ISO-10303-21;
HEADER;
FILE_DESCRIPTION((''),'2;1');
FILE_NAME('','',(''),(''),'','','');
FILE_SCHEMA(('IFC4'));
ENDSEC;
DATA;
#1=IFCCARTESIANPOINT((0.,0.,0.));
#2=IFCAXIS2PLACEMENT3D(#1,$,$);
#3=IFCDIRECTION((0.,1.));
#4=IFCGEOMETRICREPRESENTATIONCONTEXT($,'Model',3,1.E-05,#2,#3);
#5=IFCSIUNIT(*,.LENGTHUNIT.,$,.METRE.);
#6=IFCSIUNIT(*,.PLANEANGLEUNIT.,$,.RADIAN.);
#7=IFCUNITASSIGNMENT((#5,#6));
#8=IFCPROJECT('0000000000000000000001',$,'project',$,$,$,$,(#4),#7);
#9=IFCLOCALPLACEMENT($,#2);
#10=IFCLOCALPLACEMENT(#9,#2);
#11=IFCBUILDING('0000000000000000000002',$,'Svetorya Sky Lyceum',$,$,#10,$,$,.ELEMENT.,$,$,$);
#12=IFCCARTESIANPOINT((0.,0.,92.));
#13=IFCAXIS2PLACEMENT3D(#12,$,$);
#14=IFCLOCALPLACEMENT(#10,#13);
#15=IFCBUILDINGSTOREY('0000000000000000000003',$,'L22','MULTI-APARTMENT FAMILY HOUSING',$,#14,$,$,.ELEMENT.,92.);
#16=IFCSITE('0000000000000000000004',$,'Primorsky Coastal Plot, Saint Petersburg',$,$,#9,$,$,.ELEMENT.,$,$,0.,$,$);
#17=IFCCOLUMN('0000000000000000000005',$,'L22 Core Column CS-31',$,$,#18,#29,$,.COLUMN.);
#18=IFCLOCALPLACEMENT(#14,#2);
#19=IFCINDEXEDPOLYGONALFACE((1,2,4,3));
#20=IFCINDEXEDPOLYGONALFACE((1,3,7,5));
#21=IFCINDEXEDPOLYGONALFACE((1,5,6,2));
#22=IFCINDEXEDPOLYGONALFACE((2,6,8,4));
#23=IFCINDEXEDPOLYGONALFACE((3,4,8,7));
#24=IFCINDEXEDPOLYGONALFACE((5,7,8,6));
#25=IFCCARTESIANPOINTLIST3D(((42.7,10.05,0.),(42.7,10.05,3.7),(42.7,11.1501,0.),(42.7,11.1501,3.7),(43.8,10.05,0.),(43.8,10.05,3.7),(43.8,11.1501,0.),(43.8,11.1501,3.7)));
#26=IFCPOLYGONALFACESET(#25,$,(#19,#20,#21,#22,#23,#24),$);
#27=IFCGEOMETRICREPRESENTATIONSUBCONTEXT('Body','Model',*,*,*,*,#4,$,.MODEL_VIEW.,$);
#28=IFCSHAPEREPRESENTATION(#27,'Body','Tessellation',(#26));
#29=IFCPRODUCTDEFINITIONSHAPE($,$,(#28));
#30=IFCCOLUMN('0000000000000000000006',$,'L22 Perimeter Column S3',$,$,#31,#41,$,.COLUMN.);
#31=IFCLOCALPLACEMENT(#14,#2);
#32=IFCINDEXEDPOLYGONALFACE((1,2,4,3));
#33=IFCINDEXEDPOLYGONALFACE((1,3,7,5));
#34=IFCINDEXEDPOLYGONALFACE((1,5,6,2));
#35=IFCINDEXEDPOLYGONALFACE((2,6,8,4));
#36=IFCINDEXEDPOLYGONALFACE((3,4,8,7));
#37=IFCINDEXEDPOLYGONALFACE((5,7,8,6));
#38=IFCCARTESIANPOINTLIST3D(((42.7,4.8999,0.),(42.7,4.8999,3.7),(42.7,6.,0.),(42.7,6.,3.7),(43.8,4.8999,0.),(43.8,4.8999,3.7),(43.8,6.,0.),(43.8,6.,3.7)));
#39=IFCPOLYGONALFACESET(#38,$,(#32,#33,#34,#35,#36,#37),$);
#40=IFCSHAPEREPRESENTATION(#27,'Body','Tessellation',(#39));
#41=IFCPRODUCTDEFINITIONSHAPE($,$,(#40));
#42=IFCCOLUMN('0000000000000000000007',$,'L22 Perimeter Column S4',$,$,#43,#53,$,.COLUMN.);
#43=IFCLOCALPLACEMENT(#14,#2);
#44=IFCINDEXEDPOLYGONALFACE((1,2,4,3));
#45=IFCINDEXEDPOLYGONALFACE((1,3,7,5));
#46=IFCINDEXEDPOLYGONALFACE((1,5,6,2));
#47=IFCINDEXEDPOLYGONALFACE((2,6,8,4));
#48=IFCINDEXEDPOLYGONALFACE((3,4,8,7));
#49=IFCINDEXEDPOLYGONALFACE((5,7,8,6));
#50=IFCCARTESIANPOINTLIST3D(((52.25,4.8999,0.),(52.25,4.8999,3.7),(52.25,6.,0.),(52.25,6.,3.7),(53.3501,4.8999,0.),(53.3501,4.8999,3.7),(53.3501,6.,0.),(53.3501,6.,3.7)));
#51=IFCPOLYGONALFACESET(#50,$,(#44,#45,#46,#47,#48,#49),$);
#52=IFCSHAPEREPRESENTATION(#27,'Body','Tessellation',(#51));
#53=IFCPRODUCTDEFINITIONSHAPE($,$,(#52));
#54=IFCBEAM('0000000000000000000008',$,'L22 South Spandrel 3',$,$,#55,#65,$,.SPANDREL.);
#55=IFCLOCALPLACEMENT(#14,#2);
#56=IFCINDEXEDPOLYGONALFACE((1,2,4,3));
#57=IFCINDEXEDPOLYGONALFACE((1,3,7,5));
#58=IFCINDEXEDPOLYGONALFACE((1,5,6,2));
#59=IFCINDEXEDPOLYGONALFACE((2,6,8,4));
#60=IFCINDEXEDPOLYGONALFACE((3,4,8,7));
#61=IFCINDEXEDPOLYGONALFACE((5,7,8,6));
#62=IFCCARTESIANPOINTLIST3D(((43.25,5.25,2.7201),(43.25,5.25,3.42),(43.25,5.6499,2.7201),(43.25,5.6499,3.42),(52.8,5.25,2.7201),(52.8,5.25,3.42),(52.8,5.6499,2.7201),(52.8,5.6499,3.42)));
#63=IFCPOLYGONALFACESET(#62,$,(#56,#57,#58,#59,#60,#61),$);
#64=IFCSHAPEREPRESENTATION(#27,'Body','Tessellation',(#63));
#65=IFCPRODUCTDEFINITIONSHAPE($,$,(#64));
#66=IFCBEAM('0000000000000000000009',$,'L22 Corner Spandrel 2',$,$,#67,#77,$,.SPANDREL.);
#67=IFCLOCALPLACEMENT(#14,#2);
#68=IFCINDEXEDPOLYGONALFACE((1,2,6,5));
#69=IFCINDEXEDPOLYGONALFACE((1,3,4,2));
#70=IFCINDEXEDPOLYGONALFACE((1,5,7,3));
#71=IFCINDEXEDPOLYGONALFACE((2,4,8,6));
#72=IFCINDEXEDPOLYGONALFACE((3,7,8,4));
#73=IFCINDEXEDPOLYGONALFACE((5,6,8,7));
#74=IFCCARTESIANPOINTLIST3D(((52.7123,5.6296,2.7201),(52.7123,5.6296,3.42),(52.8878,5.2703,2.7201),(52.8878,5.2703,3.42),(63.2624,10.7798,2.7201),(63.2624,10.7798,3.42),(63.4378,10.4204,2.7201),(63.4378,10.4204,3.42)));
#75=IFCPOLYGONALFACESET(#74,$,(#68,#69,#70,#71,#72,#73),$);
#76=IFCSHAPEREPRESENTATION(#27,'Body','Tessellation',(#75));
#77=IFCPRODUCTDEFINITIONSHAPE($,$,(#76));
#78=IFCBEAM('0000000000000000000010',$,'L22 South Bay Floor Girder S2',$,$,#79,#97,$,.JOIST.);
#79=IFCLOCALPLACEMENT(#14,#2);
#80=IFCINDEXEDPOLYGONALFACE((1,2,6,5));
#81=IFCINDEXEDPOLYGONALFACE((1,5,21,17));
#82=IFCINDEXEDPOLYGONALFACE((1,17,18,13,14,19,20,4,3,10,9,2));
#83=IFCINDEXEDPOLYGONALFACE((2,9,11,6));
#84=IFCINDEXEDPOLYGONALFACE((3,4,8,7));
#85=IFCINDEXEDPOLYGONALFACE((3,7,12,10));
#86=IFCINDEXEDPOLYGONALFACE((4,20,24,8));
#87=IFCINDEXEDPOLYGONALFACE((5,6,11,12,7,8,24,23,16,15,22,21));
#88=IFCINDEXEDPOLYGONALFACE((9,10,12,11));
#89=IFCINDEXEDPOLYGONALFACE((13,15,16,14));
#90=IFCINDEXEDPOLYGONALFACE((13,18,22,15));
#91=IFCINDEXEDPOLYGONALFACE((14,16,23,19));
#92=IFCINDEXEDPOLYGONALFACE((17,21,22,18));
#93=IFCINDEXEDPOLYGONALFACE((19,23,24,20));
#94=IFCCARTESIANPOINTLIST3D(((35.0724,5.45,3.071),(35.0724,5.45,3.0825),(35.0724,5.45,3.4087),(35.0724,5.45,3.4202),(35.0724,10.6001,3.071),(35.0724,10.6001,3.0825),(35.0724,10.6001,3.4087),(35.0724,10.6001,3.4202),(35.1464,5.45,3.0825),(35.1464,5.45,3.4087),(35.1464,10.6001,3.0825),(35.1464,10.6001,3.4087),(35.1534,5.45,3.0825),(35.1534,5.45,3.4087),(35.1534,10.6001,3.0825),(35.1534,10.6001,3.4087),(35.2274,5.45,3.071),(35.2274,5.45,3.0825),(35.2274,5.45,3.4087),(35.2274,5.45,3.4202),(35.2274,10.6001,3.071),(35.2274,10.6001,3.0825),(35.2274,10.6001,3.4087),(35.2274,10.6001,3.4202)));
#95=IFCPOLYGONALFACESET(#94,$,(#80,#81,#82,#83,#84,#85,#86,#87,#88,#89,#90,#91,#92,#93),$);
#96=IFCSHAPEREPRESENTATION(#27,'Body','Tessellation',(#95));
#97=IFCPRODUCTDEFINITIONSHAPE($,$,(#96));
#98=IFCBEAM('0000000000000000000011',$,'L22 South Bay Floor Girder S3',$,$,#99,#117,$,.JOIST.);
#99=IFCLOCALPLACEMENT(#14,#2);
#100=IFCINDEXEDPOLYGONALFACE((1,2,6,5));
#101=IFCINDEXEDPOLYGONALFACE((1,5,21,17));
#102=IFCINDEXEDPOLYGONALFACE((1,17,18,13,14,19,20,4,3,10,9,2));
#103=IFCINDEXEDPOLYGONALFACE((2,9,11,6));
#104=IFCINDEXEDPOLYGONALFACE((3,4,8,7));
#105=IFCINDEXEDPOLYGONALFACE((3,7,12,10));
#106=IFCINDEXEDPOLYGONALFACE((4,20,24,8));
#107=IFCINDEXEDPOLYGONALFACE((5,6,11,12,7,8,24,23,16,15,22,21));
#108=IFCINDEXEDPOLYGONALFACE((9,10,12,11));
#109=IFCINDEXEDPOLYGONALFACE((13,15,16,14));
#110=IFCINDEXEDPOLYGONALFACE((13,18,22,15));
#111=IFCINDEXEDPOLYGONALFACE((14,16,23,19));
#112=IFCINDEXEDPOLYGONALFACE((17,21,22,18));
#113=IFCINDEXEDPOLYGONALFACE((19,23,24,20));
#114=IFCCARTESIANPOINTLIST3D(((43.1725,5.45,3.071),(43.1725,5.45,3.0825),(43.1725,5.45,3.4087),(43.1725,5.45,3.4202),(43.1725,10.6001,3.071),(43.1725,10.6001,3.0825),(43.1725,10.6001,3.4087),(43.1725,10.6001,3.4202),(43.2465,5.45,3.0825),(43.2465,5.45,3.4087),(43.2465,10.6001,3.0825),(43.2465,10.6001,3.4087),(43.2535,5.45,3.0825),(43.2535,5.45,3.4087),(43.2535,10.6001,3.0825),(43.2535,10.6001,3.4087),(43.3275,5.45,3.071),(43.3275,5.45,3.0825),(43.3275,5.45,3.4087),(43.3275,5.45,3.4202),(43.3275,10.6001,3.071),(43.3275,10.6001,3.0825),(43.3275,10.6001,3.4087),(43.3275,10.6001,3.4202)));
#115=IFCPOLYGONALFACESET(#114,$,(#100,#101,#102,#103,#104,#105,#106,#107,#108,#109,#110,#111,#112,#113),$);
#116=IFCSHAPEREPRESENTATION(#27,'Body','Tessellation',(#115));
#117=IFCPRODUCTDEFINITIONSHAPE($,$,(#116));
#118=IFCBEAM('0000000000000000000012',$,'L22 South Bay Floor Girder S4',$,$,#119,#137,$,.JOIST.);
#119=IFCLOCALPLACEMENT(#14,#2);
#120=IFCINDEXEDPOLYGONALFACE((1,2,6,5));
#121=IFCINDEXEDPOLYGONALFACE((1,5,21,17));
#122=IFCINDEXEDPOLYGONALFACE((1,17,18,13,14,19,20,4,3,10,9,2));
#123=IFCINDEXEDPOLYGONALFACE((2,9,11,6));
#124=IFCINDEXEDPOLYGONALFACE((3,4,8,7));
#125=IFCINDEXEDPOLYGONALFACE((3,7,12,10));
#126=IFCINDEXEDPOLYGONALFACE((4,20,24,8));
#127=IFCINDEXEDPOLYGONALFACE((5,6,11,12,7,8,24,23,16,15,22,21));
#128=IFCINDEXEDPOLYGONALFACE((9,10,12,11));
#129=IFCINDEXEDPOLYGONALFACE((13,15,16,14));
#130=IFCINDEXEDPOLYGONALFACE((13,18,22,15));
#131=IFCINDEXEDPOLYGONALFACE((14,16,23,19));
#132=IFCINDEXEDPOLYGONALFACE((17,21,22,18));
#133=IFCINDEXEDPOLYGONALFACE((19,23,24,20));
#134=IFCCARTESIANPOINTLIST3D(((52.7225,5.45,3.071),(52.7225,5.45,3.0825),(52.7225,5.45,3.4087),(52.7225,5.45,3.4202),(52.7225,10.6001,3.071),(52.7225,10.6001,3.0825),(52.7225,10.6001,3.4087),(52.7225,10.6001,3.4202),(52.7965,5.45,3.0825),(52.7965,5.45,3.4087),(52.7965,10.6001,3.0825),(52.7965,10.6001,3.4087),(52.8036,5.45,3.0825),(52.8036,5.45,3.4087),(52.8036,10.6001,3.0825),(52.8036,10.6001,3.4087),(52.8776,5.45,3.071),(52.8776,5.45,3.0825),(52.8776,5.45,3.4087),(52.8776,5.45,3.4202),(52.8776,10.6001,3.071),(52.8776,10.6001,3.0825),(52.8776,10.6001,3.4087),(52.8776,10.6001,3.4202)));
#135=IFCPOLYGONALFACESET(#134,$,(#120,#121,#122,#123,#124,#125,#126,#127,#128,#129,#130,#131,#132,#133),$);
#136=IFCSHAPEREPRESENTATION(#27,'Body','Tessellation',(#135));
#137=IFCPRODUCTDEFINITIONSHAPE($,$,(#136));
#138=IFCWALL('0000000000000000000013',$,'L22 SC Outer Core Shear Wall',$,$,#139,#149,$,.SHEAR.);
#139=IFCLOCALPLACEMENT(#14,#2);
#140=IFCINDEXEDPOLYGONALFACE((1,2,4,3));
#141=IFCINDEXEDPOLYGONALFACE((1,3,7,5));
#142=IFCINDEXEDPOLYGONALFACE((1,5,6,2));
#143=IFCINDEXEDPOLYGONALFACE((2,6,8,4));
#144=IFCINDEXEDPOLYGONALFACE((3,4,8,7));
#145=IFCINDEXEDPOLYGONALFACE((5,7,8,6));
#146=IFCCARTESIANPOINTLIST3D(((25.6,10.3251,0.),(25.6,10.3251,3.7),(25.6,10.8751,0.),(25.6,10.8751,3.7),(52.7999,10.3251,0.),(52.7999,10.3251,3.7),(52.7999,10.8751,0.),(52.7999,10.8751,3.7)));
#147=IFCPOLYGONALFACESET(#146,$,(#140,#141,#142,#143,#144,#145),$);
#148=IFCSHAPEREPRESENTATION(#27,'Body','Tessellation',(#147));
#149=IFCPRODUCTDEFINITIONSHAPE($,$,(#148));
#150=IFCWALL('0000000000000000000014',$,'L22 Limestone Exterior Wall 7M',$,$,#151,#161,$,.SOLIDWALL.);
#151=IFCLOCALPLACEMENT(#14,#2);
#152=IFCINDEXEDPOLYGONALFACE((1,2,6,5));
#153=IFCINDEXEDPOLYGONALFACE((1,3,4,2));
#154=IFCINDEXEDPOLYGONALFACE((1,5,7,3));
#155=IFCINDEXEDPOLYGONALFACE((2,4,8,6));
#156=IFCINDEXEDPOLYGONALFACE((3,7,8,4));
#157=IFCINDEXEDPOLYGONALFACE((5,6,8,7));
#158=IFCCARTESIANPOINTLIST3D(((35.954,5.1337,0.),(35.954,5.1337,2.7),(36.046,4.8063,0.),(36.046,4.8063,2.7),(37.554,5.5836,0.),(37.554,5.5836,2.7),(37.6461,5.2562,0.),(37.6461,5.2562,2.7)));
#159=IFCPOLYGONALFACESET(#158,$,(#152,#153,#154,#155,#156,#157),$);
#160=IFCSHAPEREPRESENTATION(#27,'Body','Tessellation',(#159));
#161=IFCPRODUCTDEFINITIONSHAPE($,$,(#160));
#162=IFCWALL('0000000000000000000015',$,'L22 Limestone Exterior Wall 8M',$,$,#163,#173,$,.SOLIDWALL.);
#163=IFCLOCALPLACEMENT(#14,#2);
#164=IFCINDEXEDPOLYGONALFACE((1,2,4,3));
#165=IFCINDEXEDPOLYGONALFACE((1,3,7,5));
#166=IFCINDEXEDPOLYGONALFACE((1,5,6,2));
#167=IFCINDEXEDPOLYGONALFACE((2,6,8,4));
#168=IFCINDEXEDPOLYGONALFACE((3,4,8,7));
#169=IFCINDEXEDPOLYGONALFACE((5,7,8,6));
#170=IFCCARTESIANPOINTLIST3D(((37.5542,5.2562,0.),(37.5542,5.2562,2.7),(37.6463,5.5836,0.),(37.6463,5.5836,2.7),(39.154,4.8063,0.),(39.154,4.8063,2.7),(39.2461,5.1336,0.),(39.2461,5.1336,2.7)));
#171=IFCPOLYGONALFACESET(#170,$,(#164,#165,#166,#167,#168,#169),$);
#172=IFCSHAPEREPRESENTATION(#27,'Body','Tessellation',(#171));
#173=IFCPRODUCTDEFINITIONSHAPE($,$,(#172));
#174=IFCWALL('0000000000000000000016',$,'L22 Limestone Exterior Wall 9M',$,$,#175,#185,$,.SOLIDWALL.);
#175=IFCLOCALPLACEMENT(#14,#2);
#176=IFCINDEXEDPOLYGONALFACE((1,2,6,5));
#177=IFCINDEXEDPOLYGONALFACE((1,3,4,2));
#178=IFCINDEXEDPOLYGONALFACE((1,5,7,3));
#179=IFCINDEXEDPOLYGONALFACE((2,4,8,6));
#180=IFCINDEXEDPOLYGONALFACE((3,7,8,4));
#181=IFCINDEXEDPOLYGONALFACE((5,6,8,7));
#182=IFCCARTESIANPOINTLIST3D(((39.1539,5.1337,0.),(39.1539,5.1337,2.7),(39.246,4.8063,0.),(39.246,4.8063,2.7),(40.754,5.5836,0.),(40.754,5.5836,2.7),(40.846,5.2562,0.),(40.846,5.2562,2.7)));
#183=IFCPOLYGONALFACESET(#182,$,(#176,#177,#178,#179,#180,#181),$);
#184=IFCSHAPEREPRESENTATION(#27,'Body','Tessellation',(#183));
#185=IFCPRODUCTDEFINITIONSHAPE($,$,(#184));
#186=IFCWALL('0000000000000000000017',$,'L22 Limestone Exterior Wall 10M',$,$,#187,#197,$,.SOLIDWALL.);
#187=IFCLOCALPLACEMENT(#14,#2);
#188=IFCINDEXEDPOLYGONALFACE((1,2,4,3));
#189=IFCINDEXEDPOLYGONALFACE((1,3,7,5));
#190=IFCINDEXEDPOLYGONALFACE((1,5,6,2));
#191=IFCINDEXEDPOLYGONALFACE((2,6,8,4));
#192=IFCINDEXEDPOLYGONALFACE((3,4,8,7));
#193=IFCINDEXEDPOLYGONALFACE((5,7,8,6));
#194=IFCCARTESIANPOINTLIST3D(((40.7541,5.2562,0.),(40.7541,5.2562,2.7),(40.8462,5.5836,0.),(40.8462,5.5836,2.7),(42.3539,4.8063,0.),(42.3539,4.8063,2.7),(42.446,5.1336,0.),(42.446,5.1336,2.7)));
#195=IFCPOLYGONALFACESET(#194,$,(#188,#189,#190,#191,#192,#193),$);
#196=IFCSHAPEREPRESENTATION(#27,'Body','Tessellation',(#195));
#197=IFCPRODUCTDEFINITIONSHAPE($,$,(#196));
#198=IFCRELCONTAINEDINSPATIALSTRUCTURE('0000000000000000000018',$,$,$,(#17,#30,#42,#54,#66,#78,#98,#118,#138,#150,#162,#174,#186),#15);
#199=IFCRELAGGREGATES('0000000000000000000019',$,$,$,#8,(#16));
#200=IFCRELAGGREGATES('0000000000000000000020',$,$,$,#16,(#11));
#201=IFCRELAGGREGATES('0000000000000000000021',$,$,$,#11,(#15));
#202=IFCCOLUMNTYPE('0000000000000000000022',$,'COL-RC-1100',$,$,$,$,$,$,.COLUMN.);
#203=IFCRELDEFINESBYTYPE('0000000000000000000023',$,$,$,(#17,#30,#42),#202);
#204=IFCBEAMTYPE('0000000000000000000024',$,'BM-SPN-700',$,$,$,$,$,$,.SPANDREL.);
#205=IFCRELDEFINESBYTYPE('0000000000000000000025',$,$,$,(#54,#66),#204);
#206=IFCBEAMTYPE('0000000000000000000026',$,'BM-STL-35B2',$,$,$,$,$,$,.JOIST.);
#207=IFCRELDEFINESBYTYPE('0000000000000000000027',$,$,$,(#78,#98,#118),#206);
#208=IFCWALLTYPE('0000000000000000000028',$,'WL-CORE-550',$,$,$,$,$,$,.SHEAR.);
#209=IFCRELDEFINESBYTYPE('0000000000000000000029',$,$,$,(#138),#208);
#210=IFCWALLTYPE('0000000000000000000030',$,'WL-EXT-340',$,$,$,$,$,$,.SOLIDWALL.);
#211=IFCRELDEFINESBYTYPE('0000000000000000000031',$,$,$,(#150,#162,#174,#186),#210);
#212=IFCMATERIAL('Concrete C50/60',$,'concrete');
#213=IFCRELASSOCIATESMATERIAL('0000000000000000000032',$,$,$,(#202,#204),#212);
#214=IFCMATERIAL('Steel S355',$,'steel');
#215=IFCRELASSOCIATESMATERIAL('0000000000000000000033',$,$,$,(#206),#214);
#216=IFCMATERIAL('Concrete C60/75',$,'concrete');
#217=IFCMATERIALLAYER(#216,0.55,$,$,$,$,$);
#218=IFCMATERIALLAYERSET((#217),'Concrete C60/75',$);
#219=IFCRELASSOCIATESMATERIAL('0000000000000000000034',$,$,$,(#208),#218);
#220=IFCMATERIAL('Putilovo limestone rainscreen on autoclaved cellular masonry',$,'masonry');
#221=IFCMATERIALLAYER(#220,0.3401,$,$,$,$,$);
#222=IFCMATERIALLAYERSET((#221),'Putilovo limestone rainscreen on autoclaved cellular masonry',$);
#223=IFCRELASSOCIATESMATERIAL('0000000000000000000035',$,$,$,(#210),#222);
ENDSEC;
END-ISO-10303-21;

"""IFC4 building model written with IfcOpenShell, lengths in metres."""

from ifc_helpers import new_model, si_unit, direction, frame, frame_2d, origin, origin_2d, place, context, subcontext, project, spatial, rectangle, i_section, extrude, material, layer, layer_set, material_profile, profile_set, type_object, element, save


model = new_model("IFC4")

# Units and contexts
model_context = context("Model", 3, precision=1e-05, world=origin(), true_north=direction((0.0, 1.0)))
body_context = subcontext(model_context, "Body", "Model", "MODEL_VIEW")
ifc_project = project(units=[si_unit("LENGTHUNIT", "METRE"), si_unit("PLANEANGLEUNIT", "RADIAN")], contexts=[model_context])

# Site, building, storey
site_placement = place(None, origin())
site = spatial("IfcSite", under=ifc_project, at=site_placement, Name="Primorsky Coastal Plot, Saint Petersburg", CompositionType="ELEMENT", RefElevation=0.0)
building_placement = place(site_placement, origin())
building = spatial("IfcBuilding", under=site, at=building_placement, Name="Svetorya Sky Lyceum", CompositionType="ELEMENT")
storey_placement = place(building_placement, frame((0.0, 0.0, 92.0)))
storey = spatial("IfcBuildingStorey", under=building, at=storey_placement, Name="L22", Description="MULTI-APARTMENT FAMILY HOUSING", CompositionType="ELEMENT", Elevation=92.0)

# Columns
ifc_material_1 = material(Name="Concrete C50/60", Category="concrete")
ifc_material_profile_1 = material_profile(ifc_material_1, rectangle(XDim=1.1001, YDim=1.1001, at=origin_2d()), Name="RC COL 1100x1100")
ifc_profile_set_1 = profile_set([ifc_material_profile_1], Name="Concrete C50/60")
column_type = type_object("IfcColumnType", Name="COL-RC-1100", PredefinedType="COLUMN", material=ifc_profile_set_1)
for number, where, z_axis, x_axis, name in (
    (1, (43.25, 10.6001, 0.0), (0.0, 0.0, 1.0), (1.0, 0.0, 0.0), "L22 Core Column CS-31"),
    (2, (43.25, 5.45, 0.0), (0.0, 0.0, 1.0), (1.0, 0.0, 0.0), "L22 Perimeter Column S3"),
    (3, (52.8, 5.45, 0.0), (0.0, 0.0, 1.0), (1.0, 0.0, 0.0), "L22 Perimeter Column S4"),
):
    element("IfcColumn", number, at=place(storey_placement, frame(where, z_axis=z_axis, x_axis=x_axis)), inside=storey, type_object=column_type, Name=name, PredefinedType="COLUMN", context=body_context, shape_type="SweptSolid", body=[
        extrude(rectangle(XDim=1.1001, YDim=1.1001, at=origin_2d()), origin(), (0.0, 0.0, 1.0), 3.7),
    ])

# Beams
ifc_material_profile_2 = material_profile(ifc_material_1, rectangle(XDim=0.3999, YDim=0.7, at=origin_2d()), Name="RC SPANDREL 400x700")
ifc_profile_set_2 = profile_set([ifc_material_profile_2], Name="Concrete C50/60")
beam_type_1 = type_object("IfcBeamType", Name="BM-SPN-700", PredefinedType="SPANDREL", material=ifc_profile_set_2)
beam_1_placement = place(storey_placement, frame((43.25, 5.45, 3.0701), z_axis=(1.0, 0.0, 0.0), x_axis=(0.0, 1.0, 0.0)))
element("IfcBeam", 4, at=beam_1_placement, inside=storey, type_object=beam_type_1, Name="L22 South Spandrel 3", PredefinedType="SPANDREL", context=body_context, shape_type="SweptSolid", body=[
    extrude(rectangle(XDim=0.3999, YDim=0.7, at=origin_2d()), origin(), (0.0, 0.0, 1.0), 9.55),
])
beam_2_placement = place(storey_placement, frame((52.8, 5.45, 3.0701), z_axis=(0.898641, 0.438684, 0.0), x_axis=(-0.438684, 0.898641, 0.0)))
element("IfcBeam", 5, at=beam_2_placement, inside=storey, type_object=beam_type_1, Name="L22 Corner Spandrel 2", PredefinedType="SPANDREL", context=body_context, shape_type="SweptSolid", body=[
    extrude(rectangle(XDim=0.3999, YDim=0.7, at=origin_2d()), origin(), (0.0, 0.0, 1.0), 11.74),
])
ifc_material_2 = material(Name="Steel S355", Category="steel")
ifc_material_profile_3 = material_profile(ifc_material_2, i_section(OverallWidth=0.155, OverallDepth=0.3491, WebThickness=0.0071, FlangeThickness=0.0115, at=origin_2d()), Name="GOST 35B2")
ifc_profile_set_3 = profile_set([ifc_material_profile_3], Name="Steel S355")
beam_type_2 = type_object("IfcBeamType", Name="BM-STL-35B2", PredefinedType="JOIST", material=ifc_profile_set_3)
for number, where, z_axis, x_axis, name in (
    (6, (35.1499, 5.45, 3.2456), (0.0, 1.0, 0.0), (-1.0, 0.0, 0.0), "L22 South Bay Floor Girder S2"),
    (7, (43.25, 5.45, 3.2456), (0.0, 1.0, 0.0), (-1.0, 0.0, 0.0), "L22 South Bay Floor Girder S3"),
    (8, (52.8, 5.45, 3.2456), (0.0, 1.0, 0.0), (-1.0, 0.0, 0.0), "L22 South Bay Floor Girder S4"),
):
    element("IfcBeam", number, at=place(storey_placement, frame(where, z_axis=z_axis, x_axis=x_axis)), inside=storey, type_object=beam_type_2, Name=name, PredefinedType="JOIST", context=body_context, shape_type="SweptSolid", body=[
        extrude(i_section(OverallWidth=0.155, OverallDepth=0.3491, WebThickness=0.0071, FlangeThickness=0.0115, at=origin_2d()), origin(), (0.0, 0.0, 1.0), 5.1501),
    ])

# Walls
ifc_material_3 = material(Name="Concrete C60/75", Category="concrete")
ifc_layer_1 = layer(ifc_material_3, 0.55)
ifc_layer_set_1 = layer_set([ifc_layer_1], Name="Concrete C60/75")
wall_type_1 = type_object("IfcWallType", Name="WL-CORE-550", PredefinedType="SHEAR", material=ifc_layer_set_1)
wall_1_placement = place(storey_placement, frame((52.8, 10.6001, 0.0), z_axis=(0.0, 0.0, 1.0), x_axis=(-1.0, 0.0, 0.0)))
element("IfcWall", 9, at=wall_1_placement, inside=storey, type_object=wall_type_1, Name="L22 SC Outer Core Shear Wall", PredefinedType="SHEAR", context=body_context, shape_type="SweptSolid", body=[
    extrude(rectangle(XDim=27.2, YDim=0.55, at=frame_2d((13.6001, 0.0))), origin(), (0.0, 0.0, 1.0), 3.7),
])
ifc_material_4 = material(Name="Putilovo limestone rainscreen on autoclaved cellular masonry", Category="masonry")
ifc_layer_2 = layer(ifc_material_4, 0.3401)
ifc_layer_set_2 = layer_set([ifc_layer_2], Name="Putilovo limestone rainscreen on autoclaved cellular masonry")
wall_type_2 = type_object("IfcWallType", Name="WL-EXT-340", PredefinedType="SOLIDWALL", material=ifc_layer_set_2)
wall_2_placement = place(storey_placement, frame((36.0, 4.97, 0.0), z_axis=(0.0, 0.0, 1.0), x_axis=(0.962663, 0.270703, 0.0)))
element("IfcWall", 10, at=wall_2_placement, inside=storey, type_object=wall_type_2, Name="L22 Limestone Exterior Wall 7M", PredefinedType="SOLIDWALL", context=body_context, shape_type="SweptSolid", body=[
    extrude(rectangle(XDim=1.6621, YDim=0.3401, at=frame_2d((0.8311, 0.0))), origin(), (0.0, 0.0, 1.0), 2.7),
])
wall_3_placement = place(storey_placement, frame((37.6001, 5.4199, 0.0), z_axis=(0.0, 0.0, 1.0), x_axis=(0.962652, -0.270741, 0.0)))
element("IfcWall", 11, at=wall_3_placement, inside=storey, type_object=wall_type_2, Name="L22 Limestone Exterior Wall 8M", PredefinedType="SOLIDWALL", context=body_context, shape_type="SweptSolid", body=[
    extrude(rectangle(XDim=1.6619, YDim=0.3401, at=frame_2d((0.8311, 0.0))), origin(), (0.0, 0.0, 1.0), 2.7),
])
wall_4_placement = place(storey_placement, frame((39.2, 4.97, 0.0), z_axis=(0.0, 0.0, 1.0), x_axis=(0.962663, 0.270703, 0.0)))
element("IfcWall", 12, at=wall_4_placement, inside=storey, type_object=wall_type_2, Name="L22 Limestone Exterior Wall 9M", PredefinedType="SOLIDWALL", context=body_context, shape_type="SweptSolid", body=[
    extrude(rectangle(XDim=1.6621, YDim=0.3401, at=frame_2d((0.8311, 0.0))), origin(), (0.0, 0.0, 1.0), 2.7),
])
wall_5_placement = place(storey_placement, frame((40.8, 5.4199, 0.0), z_axis=(0.0, 0.0, 1.0), x_axis=(0.962652, -0.270741, 0.0)))
element("IfcWall", 13, at=wall_5_placement, inside=storey, type_object=wall_type_2, Name="L22 Limestone Exterior Wall 10M", PredefinedType="SOLIDWALL", context=body_context, shape_type="SweptSolid", body=[
    extrude(rectangle(XDim=1.6619, YDim=0.3401, at=frame_2d((0.8311, 0.0))), origin(), (0.0, 0.0, 1.0), 2.7),
])

save(model, "model.ifc")
